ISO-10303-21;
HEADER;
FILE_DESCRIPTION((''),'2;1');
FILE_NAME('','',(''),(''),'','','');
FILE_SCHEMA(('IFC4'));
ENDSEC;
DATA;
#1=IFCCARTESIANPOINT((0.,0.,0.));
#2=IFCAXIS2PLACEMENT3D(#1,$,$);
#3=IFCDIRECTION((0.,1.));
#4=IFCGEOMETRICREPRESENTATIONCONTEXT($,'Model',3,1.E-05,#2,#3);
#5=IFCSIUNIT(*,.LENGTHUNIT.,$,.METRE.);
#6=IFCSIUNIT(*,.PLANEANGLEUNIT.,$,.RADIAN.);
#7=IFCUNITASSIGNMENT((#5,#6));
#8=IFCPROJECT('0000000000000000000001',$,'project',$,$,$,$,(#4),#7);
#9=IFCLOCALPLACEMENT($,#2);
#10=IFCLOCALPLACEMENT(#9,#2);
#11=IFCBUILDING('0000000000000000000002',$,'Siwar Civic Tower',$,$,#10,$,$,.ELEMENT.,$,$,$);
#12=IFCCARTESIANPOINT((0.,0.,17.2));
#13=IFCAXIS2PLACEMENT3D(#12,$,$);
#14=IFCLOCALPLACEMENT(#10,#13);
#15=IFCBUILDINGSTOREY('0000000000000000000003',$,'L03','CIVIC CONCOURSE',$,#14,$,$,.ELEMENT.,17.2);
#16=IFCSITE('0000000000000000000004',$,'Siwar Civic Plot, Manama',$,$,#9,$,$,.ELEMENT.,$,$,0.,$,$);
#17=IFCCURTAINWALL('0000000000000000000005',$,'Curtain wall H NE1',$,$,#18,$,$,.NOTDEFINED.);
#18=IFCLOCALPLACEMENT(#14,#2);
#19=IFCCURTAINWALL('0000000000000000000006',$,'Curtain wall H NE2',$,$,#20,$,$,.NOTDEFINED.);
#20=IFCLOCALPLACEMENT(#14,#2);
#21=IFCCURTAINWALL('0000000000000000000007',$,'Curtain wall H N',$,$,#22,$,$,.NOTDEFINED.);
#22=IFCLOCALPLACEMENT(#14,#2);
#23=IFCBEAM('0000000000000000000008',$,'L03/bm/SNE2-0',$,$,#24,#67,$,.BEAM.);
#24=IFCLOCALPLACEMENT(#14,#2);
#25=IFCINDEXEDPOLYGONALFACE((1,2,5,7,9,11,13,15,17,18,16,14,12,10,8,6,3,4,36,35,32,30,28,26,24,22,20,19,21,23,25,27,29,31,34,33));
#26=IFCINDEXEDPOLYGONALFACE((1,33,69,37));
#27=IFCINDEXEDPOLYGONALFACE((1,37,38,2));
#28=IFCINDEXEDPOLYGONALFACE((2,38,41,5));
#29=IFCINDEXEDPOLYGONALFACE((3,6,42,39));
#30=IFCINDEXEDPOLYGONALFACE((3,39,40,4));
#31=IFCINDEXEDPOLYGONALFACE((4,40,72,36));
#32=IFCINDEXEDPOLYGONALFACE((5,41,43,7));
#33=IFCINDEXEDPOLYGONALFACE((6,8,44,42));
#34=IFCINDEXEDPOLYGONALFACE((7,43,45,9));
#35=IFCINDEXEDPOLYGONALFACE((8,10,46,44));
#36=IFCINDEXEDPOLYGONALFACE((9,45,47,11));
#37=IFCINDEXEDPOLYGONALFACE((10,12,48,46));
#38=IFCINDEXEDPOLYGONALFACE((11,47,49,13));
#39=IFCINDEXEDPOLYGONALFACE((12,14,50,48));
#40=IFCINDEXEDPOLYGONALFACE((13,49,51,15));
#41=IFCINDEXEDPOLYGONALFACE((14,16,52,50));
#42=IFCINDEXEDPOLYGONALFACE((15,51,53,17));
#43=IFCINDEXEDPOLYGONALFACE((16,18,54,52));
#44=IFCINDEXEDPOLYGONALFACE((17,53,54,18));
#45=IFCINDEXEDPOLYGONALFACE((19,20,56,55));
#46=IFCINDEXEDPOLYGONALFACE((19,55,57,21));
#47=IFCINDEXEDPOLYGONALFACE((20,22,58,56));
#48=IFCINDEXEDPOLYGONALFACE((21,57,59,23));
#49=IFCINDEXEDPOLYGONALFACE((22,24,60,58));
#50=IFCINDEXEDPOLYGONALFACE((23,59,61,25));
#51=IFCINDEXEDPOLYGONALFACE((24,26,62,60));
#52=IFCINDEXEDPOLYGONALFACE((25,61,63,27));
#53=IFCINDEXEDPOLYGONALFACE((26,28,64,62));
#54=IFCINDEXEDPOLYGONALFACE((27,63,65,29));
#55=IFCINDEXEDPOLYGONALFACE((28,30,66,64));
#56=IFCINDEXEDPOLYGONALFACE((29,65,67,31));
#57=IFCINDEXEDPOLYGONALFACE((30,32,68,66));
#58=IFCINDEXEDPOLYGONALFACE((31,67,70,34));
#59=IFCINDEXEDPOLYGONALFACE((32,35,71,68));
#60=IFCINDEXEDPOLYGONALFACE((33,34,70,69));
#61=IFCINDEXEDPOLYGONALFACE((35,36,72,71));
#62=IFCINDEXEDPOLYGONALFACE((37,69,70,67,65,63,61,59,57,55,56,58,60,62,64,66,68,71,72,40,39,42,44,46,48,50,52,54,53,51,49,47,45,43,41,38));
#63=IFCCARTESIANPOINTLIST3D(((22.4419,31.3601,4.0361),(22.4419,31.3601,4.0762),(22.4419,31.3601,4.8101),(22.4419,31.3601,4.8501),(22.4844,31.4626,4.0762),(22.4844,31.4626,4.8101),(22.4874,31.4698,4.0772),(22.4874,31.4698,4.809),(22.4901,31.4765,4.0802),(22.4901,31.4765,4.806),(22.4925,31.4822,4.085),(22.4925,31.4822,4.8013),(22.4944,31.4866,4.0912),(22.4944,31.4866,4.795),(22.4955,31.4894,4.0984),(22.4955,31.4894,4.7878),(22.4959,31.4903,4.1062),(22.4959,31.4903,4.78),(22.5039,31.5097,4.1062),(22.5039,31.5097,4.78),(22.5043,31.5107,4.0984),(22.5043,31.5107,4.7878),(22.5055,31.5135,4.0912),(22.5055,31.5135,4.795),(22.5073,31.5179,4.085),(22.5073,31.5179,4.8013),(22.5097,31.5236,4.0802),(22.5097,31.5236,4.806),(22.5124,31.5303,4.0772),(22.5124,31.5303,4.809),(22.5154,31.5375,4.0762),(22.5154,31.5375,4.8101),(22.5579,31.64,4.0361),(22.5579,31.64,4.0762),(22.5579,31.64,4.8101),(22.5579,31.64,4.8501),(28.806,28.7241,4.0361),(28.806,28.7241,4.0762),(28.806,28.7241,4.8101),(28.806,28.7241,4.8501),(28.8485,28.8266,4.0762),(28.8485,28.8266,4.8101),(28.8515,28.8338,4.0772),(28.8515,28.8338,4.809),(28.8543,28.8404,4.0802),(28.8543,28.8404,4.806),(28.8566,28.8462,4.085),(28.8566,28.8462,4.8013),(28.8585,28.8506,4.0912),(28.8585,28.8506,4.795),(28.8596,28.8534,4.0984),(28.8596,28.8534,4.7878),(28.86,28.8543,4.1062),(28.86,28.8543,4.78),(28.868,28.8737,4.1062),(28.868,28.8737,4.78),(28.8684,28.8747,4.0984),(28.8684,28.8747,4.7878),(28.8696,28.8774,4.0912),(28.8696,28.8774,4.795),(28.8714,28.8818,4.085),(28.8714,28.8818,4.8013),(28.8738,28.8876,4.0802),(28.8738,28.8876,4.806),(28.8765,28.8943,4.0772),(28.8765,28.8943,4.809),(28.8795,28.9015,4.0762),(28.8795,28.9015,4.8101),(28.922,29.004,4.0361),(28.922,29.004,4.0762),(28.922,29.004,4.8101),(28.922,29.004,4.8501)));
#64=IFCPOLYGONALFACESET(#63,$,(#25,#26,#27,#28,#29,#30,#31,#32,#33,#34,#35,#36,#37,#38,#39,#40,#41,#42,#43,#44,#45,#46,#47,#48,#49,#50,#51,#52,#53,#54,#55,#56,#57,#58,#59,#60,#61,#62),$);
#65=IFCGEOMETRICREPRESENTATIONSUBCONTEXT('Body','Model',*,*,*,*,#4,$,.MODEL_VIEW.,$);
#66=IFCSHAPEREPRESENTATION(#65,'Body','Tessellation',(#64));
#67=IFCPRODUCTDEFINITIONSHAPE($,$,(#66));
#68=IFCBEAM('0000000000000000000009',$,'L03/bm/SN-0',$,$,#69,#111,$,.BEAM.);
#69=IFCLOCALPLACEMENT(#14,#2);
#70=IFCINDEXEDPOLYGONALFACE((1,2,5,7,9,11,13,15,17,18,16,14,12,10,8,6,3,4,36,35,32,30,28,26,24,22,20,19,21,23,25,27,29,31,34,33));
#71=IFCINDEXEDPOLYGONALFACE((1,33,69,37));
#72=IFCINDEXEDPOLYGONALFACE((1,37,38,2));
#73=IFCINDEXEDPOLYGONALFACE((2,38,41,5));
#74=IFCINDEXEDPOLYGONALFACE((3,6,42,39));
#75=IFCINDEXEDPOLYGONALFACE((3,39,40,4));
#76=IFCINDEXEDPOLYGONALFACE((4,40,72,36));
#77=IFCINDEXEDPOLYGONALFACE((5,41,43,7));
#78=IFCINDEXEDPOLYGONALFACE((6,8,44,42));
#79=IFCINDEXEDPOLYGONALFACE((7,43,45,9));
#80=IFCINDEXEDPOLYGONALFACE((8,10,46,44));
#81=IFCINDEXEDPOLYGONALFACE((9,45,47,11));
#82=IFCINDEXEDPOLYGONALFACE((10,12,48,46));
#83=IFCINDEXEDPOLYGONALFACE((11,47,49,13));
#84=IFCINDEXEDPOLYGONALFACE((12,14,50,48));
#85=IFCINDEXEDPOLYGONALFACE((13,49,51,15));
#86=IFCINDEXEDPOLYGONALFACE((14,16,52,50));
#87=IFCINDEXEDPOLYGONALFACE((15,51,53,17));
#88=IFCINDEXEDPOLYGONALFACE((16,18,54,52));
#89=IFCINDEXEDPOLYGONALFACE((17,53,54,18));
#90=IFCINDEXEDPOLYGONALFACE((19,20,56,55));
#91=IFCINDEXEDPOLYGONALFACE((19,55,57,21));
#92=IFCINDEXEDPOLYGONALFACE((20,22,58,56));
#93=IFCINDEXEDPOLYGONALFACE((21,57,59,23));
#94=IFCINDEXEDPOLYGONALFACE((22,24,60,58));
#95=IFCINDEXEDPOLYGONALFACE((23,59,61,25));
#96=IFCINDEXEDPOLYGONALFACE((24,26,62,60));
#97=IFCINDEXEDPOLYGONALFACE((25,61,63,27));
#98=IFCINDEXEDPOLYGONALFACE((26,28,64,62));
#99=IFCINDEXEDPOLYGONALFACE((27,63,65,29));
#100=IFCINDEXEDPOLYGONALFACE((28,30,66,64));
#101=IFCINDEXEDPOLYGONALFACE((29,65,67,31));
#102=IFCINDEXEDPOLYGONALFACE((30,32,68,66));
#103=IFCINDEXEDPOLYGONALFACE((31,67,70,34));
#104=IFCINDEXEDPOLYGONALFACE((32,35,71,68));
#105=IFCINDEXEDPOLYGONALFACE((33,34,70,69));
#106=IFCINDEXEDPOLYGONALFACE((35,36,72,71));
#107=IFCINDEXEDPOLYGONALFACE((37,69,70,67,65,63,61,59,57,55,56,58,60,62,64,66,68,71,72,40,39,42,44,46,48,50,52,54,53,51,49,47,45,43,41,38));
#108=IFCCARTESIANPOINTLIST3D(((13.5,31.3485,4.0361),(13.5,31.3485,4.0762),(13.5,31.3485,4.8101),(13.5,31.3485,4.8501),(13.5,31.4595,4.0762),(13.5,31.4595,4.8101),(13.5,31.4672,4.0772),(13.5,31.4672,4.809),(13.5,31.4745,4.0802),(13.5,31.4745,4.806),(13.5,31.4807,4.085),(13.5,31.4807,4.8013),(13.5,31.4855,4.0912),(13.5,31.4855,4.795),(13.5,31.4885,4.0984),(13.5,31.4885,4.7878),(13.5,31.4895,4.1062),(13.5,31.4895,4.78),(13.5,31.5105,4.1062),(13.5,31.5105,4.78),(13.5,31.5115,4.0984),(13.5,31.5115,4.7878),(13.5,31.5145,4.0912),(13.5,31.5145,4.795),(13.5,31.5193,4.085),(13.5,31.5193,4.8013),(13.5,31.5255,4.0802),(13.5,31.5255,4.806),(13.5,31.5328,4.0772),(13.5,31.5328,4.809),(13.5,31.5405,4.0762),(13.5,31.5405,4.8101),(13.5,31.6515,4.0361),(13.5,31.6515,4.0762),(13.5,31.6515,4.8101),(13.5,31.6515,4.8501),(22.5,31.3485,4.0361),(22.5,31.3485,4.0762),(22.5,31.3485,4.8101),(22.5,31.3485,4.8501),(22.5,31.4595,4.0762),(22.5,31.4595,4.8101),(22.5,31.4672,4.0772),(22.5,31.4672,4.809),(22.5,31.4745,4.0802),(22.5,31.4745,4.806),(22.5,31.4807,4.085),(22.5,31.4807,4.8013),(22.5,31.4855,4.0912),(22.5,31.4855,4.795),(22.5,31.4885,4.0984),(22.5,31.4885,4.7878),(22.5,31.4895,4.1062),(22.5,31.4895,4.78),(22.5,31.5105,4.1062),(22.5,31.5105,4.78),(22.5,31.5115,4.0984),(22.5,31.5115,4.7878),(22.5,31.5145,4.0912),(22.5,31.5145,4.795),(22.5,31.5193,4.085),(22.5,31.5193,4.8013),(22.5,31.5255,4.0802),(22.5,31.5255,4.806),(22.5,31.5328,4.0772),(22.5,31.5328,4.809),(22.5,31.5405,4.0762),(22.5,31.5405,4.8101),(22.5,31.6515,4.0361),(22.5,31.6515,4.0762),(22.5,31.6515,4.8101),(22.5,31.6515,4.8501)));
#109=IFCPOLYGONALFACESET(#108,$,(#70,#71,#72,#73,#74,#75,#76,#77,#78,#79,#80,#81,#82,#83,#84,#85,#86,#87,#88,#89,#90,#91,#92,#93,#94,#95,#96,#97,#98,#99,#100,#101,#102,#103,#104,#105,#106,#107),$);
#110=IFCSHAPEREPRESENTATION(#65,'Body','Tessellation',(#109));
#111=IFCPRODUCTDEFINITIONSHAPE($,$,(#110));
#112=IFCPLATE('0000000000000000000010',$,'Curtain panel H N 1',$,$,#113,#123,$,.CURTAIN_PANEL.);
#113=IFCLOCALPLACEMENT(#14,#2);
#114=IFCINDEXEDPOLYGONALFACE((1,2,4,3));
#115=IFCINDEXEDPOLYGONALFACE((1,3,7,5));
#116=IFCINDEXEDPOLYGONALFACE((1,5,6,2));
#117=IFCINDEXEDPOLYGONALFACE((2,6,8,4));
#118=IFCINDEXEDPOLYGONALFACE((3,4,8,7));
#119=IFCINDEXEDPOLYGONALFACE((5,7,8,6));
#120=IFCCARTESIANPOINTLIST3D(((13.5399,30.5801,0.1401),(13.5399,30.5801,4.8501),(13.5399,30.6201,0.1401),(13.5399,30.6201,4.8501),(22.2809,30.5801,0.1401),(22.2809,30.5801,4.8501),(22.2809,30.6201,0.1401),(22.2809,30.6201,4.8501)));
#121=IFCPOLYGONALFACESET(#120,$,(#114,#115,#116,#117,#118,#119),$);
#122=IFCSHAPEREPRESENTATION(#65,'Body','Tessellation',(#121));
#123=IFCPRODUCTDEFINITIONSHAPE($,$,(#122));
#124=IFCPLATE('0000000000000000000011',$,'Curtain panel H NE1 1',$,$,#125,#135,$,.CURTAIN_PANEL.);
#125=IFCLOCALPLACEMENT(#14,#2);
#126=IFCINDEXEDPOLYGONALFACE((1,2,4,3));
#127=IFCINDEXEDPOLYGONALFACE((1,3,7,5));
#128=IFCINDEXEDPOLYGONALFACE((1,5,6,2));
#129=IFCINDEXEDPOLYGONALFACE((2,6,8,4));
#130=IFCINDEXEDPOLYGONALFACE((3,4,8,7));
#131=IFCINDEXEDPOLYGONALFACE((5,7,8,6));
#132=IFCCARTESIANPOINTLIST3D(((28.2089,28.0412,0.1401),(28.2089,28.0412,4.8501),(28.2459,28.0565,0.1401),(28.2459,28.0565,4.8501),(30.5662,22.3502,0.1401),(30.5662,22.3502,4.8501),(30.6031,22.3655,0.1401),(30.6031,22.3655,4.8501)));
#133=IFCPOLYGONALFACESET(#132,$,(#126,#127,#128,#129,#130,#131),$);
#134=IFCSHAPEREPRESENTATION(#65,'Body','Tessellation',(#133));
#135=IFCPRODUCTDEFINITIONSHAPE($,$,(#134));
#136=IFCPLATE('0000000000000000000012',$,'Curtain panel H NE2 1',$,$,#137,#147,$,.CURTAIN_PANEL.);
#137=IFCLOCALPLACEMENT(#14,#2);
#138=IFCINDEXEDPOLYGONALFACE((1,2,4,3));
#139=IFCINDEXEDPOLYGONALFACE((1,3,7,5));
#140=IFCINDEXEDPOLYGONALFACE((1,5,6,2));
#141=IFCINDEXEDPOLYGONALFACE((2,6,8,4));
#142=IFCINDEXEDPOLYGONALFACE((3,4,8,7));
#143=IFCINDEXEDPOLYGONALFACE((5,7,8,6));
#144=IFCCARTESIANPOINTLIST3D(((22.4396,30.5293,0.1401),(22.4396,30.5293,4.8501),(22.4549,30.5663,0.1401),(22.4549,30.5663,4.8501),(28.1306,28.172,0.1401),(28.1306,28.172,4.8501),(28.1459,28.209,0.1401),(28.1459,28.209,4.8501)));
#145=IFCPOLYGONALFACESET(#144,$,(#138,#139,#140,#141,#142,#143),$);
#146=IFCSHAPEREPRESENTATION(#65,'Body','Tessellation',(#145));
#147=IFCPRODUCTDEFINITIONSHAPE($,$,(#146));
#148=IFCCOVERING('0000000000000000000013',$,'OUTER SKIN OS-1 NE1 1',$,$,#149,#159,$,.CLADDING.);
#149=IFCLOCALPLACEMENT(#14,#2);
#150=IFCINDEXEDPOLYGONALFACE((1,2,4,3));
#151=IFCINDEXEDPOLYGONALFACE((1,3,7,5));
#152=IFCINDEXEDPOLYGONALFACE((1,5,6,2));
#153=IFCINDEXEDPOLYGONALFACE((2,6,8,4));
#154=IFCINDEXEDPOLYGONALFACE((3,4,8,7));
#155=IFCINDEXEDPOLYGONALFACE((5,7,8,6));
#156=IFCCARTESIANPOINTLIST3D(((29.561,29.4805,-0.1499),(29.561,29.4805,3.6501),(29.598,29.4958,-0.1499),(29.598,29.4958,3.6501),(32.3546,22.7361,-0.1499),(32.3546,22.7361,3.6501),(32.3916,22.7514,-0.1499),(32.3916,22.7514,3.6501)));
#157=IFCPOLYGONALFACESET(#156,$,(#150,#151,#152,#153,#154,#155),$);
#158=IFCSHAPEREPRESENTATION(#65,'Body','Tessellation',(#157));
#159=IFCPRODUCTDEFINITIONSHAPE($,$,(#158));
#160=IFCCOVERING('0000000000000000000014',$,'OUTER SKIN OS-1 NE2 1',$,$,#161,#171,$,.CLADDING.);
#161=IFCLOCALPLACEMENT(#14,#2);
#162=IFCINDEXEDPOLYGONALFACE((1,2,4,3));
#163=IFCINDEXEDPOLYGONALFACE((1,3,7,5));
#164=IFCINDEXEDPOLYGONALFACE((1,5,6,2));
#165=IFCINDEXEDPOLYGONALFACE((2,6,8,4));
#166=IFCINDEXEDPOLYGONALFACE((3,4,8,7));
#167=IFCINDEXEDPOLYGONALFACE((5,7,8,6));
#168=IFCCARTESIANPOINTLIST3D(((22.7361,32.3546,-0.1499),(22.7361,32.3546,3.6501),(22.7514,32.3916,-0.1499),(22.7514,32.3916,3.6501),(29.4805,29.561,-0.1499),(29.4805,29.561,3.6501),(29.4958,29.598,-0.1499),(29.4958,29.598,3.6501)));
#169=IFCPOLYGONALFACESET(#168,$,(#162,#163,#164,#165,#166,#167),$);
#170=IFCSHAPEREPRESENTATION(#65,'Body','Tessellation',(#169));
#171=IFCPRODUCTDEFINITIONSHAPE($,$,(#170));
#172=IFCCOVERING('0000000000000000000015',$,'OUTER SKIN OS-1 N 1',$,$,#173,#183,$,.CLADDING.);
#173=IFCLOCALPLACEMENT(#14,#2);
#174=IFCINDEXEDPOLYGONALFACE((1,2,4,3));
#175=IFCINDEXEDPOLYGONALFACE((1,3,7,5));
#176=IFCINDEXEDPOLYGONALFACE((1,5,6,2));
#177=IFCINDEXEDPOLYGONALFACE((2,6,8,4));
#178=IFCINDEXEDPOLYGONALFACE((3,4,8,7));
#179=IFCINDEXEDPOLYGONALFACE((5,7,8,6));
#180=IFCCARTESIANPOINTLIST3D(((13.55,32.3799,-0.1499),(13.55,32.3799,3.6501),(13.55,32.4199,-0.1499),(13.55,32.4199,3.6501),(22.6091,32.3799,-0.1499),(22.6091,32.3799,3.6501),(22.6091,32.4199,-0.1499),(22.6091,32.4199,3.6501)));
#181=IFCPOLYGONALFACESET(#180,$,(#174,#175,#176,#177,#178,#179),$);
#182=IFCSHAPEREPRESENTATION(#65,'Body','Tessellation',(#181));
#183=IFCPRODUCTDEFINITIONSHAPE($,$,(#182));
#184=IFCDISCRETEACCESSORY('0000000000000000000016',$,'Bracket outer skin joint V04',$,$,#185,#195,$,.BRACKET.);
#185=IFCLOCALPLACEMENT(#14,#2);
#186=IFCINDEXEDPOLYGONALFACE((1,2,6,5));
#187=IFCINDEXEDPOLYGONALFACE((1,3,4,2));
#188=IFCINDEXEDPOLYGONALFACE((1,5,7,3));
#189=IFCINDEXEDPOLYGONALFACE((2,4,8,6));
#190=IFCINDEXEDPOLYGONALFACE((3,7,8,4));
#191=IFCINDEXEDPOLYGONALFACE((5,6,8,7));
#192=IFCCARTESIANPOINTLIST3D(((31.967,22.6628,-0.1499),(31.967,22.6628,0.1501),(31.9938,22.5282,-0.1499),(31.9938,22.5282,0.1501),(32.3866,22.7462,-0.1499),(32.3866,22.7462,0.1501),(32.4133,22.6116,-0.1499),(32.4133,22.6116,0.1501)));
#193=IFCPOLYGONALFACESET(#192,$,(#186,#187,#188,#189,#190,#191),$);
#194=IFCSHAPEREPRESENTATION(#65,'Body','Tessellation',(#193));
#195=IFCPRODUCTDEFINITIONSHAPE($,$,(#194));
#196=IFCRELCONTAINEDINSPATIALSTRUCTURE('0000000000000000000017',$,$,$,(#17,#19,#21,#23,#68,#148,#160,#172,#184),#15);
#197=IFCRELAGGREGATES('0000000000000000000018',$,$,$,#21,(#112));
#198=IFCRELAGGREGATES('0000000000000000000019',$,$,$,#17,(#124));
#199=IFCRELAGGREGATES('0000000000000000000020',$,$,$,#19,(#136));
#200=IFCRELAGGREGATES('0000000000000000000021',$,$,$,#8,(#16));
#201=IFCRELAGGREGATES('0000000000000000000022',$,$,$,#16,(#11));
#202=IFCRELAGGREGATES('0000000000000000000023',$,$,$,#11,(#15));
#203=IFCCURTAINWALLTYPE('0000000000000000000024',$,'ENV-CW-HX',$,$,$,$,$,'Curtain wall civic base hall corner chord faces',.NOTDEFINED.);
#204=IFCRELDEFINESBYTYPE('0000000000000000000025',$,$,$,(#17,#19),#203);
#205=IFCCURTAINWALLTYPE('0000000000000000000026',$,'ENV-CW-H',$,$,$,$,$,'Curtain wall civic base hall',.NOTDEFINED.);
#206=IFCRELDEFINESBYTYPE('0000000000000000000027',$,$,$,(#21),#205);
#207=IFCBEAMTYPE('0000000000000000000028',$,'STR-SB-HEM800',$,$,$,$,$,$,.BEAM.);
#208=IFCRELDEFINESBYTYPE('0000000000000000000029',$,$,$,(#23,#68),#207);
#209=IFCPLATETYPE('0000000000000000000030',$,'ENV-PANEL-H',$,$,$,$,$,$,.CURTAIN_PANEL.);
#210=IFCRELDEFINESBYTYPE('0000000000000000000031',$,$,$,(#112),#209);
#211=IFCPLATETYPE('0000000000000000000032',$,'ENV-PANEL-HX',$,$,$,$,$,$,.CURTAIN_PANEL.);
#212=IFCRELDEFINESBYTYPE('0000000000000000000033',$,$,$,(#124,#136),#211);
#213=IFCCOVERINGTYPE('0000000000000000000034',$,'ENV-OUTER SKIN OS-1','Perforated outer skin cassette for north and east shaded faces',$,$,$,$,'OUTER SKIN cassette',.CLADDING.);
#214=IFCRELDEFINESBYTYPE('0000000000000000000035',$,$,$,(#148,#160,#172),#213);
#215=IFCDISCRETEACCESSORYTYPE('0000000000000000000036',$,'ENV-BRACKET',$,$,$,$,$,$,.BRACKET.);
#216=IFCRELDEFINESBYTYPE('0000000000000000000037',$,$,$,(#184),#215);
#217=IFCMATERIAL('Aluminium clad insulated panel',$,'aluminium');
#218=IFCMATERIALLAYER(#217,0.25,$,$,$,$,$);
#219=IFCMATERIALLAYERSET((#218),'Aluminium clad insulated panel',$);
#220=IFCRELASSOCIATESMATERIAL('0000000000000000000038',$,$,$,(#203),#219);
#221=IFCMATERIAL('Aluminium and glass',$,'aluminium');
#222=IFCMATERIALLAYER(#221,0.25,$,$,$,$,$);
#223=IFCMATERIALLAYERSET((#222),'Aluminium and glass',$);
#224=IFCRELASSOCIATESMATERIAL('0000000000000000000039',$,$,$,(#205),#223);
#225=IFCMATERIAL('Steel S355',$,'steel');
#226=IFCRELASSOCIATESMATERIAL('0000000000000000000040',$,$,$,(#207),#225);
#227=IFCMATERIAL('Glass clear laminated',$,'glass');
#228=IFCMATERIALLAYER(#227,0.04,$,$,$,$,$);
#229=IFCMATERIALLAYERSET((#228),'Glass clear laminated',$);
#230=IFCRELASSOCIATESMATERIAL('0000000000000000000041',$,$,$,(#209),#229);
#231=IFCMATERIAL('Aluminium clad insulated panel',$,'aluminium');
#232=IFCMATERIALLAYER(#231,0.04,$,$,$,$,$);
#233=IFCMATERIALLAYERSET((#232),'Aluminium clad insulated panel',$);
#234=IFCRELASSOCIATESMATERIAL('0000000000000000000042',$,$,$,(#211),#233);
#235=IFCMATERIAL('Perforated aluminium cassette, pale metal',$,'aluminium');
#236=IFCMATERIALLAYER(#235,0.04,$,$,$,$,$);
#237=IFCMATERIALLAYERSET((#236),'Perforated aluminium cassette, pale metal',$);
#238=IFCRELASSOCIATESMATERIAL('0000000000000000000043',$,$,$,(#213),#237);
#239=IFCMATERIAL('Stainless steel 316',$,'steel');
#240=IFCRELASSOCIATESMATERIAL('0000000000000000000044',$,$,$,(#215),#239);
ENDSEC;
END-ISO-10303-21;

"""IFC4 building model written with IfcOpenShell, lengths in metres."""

from ifc_helpers import new_model, si_unit, direction, frame, origin, origin_2d, place, context, subcontext, project, spatial, rectangle, i_section, extrude, material, layer, layer_set, material_profile, profile_set, type_object, element, aggregate, save


model = new_model("IFC4")

# Units and contexts
model_context = context("Model", 3, precision=1e-05, world=origin(), true_north=direction((0.0, 1.0)))
body_context = subcontext(model_context, "Body", "Model", "MODEL_VIEW")
ifc_project = project(units=[si_unit("LENGTHUNIT", "METRE"), si_unit("PLANEANGLEUNIT", "RADIAN")], contexts=[model_context])

# Site, building, storey
site_placement = place(None, origin())
site = spatial("IfcSite", under=ifc_project, at=site_placement, Name="Siwar Civic Plot, Manama", CompositionType="ELEMENT", RefElevation=0.0)
building_placement = place(site_placement, origin())
building = spatial("IfcBuilding", under=site, at=building_placement, Name="Siwar Civic Tower", CompositionType="ELEMENT")
storey_placement = place(building_placement, frame((0.0, 0.0, 17.2)))
storey = spatial("IfcBuildingStorey", under=building, at=storey_placement, Name="L03", Description="CIVIC CONCOURSE", CompositionType="ELEMENT", Elevation=17.2)

# Curtain walls
ifc_material_1 = material(Name="Aluminium clad insulated panel", Category="aluminium")
ifc_layer_1 = layer(ifc_material_1, 0.25)
ifc_layer_set_1 = layer_set([ifc_layer_1], Name="Aluminium clad insulated panel")
curtain_wall_type_1 = type_object("IfcCurtainWallType", Name="ENV-CW-HX", ElementType="Curtain wall civic base hall corner chord faces", PredefinedType="NOTDEFINED", material=ifc_layer_set_1)
curtain_wall_1_placement = place(storey_placement, origin())
curtain_wall_1 = element("IfcCurtainWall", 1, at=curtain_wall_1_placement, inside=storey, type_object=curtain_wall_type_1, Name="Curtain wall H NE1", PredefinedType="NOTDEFINED")
curtain_wall_2_placement = place(storey_placement, origin())
curtain_wall_2 = element("IfcCurtainWall", 2, at=curtain_wall_2_placement, inside=storey, type_object=curtain_wall_type_1, Name="Curtain wall H NE2", PredefinedType="NOTDEFINED")
ifc_material_2 = material(Name="Aluminium and glass", Category="aluminium")
ifc_layer_2 = layer(ifc_material_2, 0.25)
ifc_layer_set_2 = layer_set([ifc_layer_2], Name="Aluminium and glass")
curtain_wall_type_2 = type_object("IfcCurtainWallType", Name="ENV-CW-H", ElementType="Curtain wall civic base hall", PredefinedType="NOTDEFINED", material=ifc_layer_set_2)
curtain_wall_3_placement = place(storey_placement, origin())
curtain_wall_3 = element("IfcCurtainWall", 3, at=curtain_wall_3_placement, inside=storey, type_object=curtain_wall_type_2, Name="Curtain wall H N", PredefinedType="NOTDEFINED")

# Beams
ifc_material_3 = material(Name="Steel S355", Category="steel")
ifc_material_profile_1 = material_profile(ifc_material_3, i_section(OverallWidth=0.303, OverallDepth=0.814, WebThickness=0.021, FlangeThickness=0.04, FilletRadius=0.03, at=origin_2d()), Name="HEM800")
ifc_profile_set_1 = profile_set([ifc_material_profile_1], Name="Steel S355")
beam_type_1 = type_object("IfcBeamType", Name="STR-SB-HEM800", PredefinedType="BEAM", material=ifc_profile_set_1)
for number, where, z_axis, x_axis, name in (
    (4, (28.864, 28.864, 4.4431), (-0.923883, 0.382674, 0.0), (-0.382674, -0.923883, 0.0), "L03/bm/SNE2-0"),
):
    element("IfcBeam", number, at=place(storey_placement, frame(where, z_axis=z_axis, x_axis=x_axis)), inside=storey, type_object=beam_type_1, Name=name, PredefinedType="BEAM", context=body_context, shape_type="SweptSolid", body=[
        extrude(i_section(OverallWidth=0.303, OverallDepth=0.814, WebThickness=0.021, FlangeThickness=0.04, FilletRadius=0.03, at=origin_2d()), origin(), (0.0, 0.0, 1.0), 6.8884),
    ])
beam_1_placement = place(storey_placement, frame((22.5, 31.5, 4.4431), z_axis=(-1.0, 0.0, 0.0), x_axis=(0.0, -1.0, 0.0)))
element("IfcBeam", 5, at=beam_1_placement, inside=storey, type_object=beam_type_1, Name="L03/bm/SN-0", PredefinedType="BEAM", context=body_context, shape_type="SweptSolid", body=[
    extrude(i_section(OverallWidth=0.303, OverallDepth=0.814, WebThickness=0.021, FlangeThickness=0.04, FilletRadius=0.03, at=origin_2d()), origin(), (0.0, 0.0, 1.0), 9.0),
])

# Plates
ifc_material_4 = material(Name="Glass clear laminated", Category="glass")
ifc_layer_3 = layer(ifc_material_4, 0.04)
ifc_layer_set_3 = layer_set([ifc_layer_3], Name="Glass clear laminated")
plate_type_1 = type_object("IfcPlateType", Name="ENV-PANEL-H", PredefinedType="CURTAIN_PANEL", material=ifc_layer_set_3)
plate_1_placement = place(storey_placement, frame((17.9104, 30.6001, 0.1401), z_axis=(0.0, 0.0, 1.0), x_axis=(-1.0, 0.0, 0.0)))
plate_1 = element("IfcPlate", 6, at=plate_1_placement, type_object=plate_type_1, Name="Curtain panel H N 1", PredefinedType="CURTAIN_PANEL", context=body_context, shape_type="SweptSolid", body=[
    extrude(rectangle(XDim=8.741, YDim=0.04, at=origin_2d()), origin(), (0.0, 0.0, 1.0), 4.71),
])
aggregate(curtain_wall_3, [plate_1])
ifc_material_5 = material(Name="Aluminium clad insulated panel", Category="aluminium")
ifc_layer_4 = layer(ifc_material_5, 0.04)
ifc_layer_set_4 = layer_set([ifc_layer_4], Name="Aluminium clad insulated panel")
plate_type_2 = type_object("IfcPlateType", Name="ENV-PANEL-HX", PredefinedType="CURTAIN_PANEL", material=ifc_layer_set_4)
plate_2_placement = place(storey_placement, frame((29.406, 25.2034, 0.1401), z_axis=(0.0, 0.0, 1.0), x_axis=(-0.382683, 0.92388, 0.0)))
plate_2 = element("IfcPlate", 7, at=plate_2_placement, type_object=plate_type_2, Name="Curtain panel H NE1 1", PredefinedType="CURTAIN_PANEL", context=body_context, shape_type="SweptSolid", body=[
    extrude(rectangle(XDim=6.1599, YDim=0.04, at=origin_2d()), origin(), (0.0, 0.0, 1.0), 4.71),
])
aggregate(curtain_wall_1, [plate_2])
plate_3_placement = place(storey_placement, frame((25.2927, 29.3691, 0.1401), z_axis=(0.0, 0.0, 1.0), x_axis=(-0.92388, 0.382683, 0.0)))
plate_3 = element("IfcPlate", 8, at=plate_3_placement, type_object=plate_type_2, Name="Curtain panel H NE2 1", PredefinedType="CURTAIN_PANEL", context=body_context, shape_type="SweptSolid", body=[
    extrude(rectangle(XDim=6.1599, YDim=0.04, at=origin_2d()), origin(), (0.0, 0.0, 1.0), 4.71),
])
aggregate(curtain_wall_2, [plate_3])

# Coverings
ifc_material_6 = material(Name="Perforated aluminium cassette, pale metal", Category="aluminium")
ifc_layer_5 = layer(ifc_material_6, 0.04)
ifc_layer_set_5 = layer_set([ifc_layer_5], Name="Perforated aluminium cassette, pale metal")
covering_type = type_object("IfcCoveringType", Name="ENV-OUTER SKIN OS-1", Description="Perforated outer skin cassette for north and east shaded faces", ElementType="OUTER SKIN cassette", PredefinedType="CLADDING", material=ifc_layer_set_5)
for number, where, z_axis, x_axis, name in (
    (9, (30.9763, 26.116, -0.1499), (0.0, 0.0, 1.0), (-0.382683, 0.92388, 0.0), "OUTER SKIN OS-1 NE1 1"),
    (10, (26.116, 30.9763, -0.1499), (0.0, 0.0, 1.0), (-0.92388, 0.382683, 0.0), "OUTER SKIN OS-1 NE2 1"),
):
    element("IfcCovering", number, at=place(storey_placement, frame(where, z_axis=z_axis, x_axis=x_axis)), inside=storey, type_object=covering_type, Name=name, PredefinedType="CLADDING", context=body_context, shape_type="SweptSolid", body=[
        extrude(rectangle(XDim=7.3, YDim=0.04, at=origin_2d()), origin(), (0.0, 0.0, 1.0), 3.8),
    ])
covering_placement = place(storey_placement, frame((18.0796, 32.3999, -0.1499), z_axis=(0.0, 0.0, 1.0), x_axis=(-1.0, 0.0, 0.0)))
element("IfcCovering", 11, at=covering_placement, inside=storey, type_object=covering_type, Name="OUTER SKIN OS-1 N 1", PredefinedType="CLADDING", context=body_context, shape_type="SweptSolid", body=[
    extrude(rectangle(XDim=9.0591, YDim=0.04, at=origin_2d()), origin(), (0.0, 0.0, 1.0), 3.8),
])

# Discrete accessory
ifc_material_7 = material(Name="Stainless steel 316", Category="steel")
discrete_accessory_type = type_object("IfcDiscreteAccessoryType", Name="ENV-BRACKET", PredefinedType="BRACKET", material=ifc_material_7)
discrete_accessory_1_placement = place(storey_placement, frame((32.1902, 22.6372, -0.1499), z_axis=(0.0, 0.0, 1.0), x_axis=(0.980785, 0.19509, 0.0)))
element("IfcDiscreteAccessory", 12, at=discrete_accessory_1_placement, inside=storey, type_object=discrete_accessory_type, Name="Bracket outer skin joint V04", PredefinedType="BRACKET", context=body_context, shape_type="SweptSolid", body=[
    extrude(rectangle(XDim=0.4277, YDim=0.1372, at=origin_2d()), origin(), (0.0, 0.0, 1.0), 0.3),
])

save(model, "model.ifc")
